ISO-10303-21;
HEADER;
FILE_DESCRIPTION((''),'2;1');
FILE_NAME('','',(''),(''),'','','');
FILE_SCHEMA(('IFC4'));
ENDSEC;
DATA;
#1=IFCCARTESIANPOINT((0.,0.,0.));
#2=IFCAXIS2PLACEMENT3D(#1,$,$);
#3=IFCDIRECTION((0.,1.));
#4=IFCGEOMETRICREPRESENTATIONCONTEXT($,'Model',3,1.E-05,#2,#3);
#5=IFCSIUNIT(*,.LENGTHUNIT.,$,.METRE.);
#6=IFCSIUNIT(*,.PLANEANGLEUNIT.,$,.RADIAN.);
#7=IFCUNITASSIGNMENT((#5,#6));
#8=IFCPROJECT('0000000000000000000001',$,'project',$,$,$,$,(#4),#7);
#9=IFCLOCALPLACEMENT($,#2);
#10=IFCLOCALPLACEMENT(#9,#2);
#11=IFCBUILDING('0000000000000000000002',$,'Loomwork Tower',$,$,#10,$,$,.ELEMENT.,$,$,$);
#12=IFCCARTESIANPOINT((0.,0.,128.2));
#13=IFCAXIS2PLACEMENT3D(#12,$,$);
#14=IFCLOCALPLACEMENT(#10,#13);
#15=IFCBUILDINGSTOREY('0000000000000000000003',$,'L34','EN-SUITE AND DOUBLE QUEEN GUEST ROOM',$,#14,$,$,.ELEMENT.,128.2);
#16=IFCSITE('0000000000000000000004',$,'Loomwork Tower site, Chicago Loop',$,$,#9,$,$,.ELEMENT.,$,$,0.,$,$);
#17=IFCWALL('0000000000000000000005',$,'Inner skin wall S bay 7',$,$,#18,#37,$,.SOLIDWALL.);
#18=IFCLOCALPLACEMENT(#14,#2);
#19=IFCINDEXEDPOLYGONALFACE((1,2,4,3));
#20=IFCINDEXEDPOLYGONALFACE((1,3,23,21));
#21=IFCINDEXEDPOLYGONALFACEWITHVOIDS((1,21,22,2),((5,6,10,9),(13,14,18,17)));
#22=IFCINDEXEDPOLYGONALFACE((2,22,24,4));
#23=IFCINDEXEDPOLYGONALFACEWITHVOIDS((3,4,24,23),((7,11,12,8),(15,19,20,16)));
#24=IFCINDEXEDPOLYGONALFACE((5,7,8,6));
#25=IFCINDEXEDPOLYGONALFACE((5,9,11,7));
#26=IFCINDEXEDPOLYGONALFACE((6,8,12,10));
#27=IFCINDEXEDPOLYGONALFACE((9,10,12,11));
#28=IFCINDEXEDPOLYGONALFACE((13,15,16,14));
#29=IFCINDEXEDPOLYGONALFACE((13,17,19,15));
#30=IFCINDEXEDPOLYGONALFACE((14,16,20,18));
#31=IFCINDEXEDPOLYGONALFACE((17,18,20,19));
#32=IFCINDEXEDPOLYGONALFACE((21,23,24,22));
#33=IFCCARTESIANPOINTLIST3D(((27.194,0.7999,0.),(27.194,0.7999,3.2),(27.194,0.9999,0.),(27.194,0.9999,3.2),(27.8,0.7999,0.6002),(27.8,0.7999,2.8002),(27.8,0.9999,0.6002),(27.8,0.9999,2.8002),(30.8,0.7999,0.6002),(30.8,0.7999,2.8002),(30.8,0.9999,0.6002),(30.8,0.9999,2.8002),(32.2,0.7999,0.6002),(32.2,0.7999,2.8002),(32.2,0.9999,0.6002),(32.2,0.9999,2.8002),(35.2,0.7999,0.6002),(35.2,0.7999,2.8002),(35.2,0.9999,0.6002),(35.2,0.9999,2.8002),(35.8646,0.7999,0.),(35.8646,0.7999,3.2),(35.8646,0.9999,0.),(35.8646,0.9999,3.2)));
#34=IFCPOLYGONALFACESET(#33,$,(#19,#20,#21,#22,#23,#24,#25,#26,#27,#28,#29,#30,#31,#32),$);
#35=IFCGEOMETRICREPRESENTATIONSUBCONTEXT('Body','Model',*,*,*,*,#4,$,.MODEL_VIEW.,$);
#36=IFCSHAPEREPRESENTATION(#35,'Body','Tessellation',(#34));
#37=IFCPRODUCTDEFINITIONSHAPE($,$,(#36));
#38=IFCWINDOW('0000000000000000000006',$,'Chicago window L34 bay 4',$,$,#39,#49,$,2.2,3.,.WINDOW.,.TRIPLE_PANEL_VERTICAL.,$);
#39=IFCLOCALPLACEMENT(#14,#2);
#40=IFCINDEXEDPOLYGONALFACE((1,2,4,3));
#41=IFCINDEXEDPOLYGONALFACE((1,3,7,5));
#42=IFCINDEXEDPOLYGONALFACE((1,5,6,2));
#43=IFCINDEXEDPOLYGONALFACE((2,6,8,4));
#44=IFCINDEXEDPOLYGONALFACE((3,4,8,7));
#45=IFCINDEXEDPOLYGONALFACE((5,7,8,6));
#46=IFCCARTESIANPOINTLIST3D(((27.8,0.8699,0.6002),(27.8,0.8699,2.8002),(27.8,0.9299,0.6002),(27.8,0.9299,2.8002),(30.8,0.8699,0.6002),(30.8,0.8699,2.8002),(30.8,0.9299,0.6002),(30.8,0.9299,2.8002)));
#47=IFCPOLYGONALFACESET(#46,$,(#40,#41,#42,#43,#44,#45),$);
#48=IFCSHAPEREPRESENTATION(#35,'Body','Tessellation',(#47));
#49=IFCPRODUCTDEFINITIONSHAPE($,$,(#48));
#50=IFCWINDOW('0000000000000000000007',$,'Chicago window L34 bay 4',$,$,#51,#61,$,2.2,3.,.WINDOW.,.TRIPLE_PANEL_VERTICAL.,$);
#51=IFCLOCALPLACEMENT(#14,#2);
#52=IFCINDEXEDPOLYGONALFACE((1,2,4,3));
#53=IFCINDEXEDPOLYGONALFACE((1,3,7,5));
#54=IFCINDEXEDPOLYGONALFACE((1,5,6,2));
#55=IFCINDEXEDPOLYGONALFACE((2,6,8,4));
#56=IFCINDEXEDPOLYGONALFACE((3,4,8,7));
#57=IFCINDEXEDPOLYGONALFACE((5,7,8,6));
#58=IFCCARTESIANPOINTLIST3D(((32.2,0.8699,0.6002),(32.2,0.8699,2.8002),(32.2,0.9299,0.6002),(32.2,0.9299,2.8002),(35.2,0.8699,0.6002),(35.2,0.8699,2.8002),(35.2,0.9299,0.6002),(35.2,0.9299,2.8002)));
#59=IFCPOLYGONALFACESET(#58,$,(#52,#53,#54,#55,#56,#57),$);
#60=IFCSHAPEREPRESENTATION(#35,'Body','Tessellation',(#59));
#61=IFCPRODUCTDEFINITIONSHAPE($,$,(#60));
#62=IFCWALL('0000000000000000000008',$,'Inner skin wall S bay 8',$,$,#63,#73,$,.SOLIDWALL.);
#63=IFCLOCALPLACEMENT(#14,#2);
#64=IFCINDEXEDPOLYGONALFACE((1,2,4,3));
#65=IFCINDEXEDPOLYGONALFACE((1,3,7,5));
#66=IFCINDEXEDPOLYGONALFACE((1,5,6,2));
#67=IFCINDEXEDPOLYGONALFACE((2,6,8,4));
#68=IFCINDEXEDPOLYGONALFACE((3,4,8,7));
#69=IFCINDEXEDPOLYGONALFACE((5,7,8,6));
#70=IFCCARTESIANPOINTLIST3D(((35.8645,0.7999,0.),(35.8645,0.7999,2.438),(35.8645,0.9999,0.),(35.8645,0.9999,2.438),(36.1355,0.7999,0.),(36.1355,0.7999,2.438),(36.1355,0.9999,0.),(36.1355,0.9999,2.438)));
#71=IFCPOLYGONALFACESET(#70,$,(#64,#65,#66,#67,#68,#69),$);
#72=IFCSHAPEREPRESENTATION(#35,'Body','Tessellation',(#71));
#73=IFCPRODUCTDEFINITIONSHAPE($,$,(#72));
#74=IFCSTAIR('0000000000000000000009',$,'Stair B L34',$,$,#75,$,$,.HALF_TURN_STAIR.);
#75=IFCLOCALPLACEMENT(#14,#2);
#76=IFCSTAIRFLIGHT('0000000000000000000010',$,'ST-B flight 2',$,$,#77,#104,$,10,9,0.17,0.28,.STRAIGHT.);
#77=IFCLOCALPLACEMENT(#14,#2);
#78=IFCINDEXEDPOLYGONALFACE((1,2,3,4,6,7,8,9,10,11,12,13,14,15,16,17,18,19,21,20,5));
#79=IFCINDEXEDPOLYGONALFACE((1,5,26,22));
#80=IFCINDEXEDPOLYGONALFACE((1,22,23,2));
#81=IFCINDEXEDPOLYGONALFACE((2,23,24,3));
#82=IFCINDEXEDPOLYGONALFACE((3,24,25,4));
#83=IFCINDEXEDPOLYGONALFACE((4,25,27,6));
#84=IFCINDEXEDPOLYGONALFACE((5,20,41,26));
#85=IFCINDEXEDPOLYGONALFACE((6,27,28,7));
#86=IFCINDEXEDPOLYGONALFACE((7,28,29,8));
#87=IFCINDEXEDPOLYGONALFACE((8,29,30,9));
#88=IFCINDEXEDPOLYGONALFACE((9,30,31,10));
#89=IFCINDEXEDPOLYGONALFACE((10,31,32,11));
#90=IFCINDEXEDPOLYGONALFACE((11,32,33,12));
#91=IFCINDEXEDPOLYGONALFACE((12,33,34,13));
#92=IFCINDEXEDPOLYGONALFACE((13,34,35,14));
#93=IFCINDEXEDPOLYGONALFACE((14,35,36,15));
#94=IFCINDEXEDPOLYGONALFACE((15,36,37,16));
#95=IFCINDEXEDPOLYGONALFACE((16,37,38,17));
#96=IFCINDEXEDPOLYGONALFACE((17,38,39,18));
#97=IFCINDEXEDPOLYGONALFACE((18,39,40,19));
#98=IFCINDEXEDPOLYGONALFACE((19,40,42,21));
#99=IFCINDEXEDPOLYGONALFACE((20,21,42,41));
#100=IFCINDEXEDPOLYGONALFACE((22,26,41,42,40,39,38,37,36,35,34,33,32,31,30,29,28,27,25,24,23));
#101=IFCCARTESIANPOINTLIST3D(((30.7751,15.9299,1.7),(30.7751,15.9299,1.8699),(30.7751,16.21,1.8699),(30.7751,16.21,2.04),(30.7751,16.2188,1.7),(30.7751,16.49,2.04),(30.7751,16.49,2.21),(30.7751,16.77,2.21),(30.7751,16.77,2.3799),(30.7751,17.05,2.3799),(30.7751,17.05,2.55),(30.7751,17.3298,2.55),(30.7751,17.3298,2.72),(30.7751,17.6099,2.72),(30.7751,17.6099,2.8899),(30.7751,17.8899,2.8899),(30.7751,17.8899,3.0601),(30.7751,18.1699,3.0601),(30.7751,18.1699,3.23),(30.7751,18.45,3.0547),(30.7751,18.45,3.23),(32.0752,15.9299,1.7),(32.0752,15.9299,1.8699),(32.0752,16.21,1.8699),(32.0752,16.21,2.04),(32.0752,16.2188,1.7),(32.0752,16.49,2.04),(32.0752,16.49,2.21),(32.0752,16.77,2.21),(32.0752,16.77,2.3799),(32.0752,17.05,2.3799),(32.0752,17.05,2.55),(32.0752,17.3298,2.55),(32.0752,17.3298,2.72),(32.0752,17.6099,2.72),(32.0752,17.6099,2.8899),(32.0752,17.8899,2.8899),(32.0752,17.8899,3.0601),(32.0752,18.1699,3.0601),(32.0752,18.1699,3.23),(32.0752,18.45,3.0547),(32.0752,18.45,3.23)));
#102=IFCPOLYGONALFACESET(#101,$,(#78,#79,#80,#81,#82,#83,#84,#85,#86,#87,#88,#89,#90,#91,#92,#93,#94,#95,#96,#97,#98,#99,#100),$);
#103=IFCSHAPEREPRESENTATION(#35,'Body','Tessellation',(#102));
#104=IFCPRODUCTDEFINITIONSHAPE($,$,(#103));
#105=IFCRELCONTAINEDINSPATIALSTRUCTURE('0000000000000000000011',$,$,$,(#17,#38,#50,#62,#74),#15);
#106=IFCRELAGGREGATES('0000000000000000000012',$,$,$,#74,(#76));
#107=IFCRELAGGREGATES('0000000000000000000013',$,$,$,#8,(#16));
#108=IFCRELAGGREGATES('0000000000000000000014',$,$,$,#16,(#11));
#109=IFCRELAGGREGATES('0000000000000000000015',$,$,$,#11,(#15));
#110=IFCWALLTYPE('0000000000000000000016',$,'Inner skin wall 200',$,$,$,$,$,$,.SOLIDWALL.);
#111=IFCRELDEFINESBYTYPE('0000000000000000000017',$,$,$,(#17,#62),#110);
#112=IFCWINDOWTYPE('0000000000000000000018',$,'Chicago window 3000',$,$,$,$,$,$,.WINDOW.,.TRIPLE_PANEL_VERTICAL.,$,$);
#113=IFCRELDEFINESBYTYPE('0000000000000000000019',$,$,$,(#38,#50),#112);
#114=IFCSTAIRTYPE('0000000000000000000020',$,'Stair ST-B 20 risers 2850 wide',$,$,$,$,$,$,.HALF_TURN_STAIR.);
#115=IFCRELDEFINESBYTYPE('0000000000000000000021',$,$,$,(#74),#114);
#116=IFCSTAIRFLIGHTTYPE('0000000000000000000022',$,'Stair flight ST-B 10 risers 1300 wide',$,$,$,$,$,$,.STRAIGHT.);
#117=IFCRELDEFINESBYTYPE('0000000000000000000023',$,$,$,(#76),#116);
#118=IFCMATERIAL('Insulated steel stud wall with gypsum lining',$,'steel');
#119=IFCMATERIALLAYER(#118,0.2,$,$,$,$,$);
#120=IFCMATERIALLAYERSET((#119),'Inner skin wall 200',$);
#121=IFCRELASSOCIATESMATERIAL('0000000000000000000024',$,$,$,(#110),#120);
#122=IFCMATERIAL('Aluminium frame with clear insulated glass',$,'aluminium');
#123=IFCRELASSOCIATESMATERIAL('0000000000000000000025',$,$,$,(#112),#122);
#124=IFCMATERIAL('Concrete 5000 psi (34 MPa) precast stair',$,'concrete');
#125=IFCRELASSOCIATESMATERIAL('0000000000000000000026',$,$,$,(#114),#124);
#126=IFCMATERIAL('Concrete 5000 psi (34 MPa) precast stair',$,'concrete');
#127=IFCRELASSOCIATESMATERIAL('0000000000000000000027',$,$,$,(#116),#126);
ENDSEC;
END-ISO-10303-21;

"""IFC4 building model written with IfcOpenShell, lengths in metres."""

from ifc_helpers import new_model, si_unit, direction, frame, frame_2d, origin, place, context, subcontext, project, spatial, polyline, rectangle, outline, extrude, material, layer, layer_set, type_object, element, fill, aggregate, save


model = new_model("IFC4")

# Units and contexts
model_context = context("Model", 3, precision=1e-05, world=origin(), true_north=direction((0.0, 1.0)))
body_context = subcontext(model_context, "Body", "Model", "MODEL_VIEW")
ifc_project = project(units=[si_unit("LENGTHUNIT", "METRE"), si_unit("PLANEANGLEUNIT", "RADIAN")], contexts=[model_context])

# Site, building, storey
site_placement = place(None, origin())
site = spatial("IfcSite", under=ifc_project, at=site_placement, Name="Loomwork Tower site, Chicago Loop", CompositionType="ELEMENT", RefElevation=0.0)
building_placement = place(site_placement, origin())
building = spatial("IfcBuilding", under=site, at=building_placement, Name="Loomwork Tower", CompositionType="ELEMENT")
storey_placement = place(building_placement, frame((0.0, 0.0, 128.2)))
storey = spatial("IfcBuildingStorey", under=building, at=storey_placement, Name="L34", Description="EN-SUITE AND DOUBLE QUEEN GUEST ROOM", CompositionType="ELEMENT", Elevation=128.2)

# Wall, openings, windows
ifc_material_1 = material(Name="Insulated steel stud wall with gypsum lining", Category="steel")
ifc_layer_1 = layer(ifc_material_1, 0.2)
ifc_layer_set_1 = layer_set([ifc_layer_1], Name="Inner skin wall 200")
wall_type_1 = type_object("IfcWallType", Name="Inner skin wall 200", PredefinedType="SOLIDWALL", material=ifc_layer_set_1)
wall_1_placement = place(storey_placement, frame((27.1938, 0.8999, 0.0), z_axis=(0.0, 0.0, 1.0), x_axis=(1.0, 0.0, 0.0)))
wall_1 = element("IfcWall", 1, at=wall_1_placement, inside=storey, type_object=wall_type_1, Name="Inner skin wall S bay 7", PredefinedType="SOLIDWALL", context=body_context, shape_type="SweptSolid", body=[
    extrude(rectangle(XDim=8.6707, YDim=0.2, at=frame_2d((4.3354, 0.0))), origin(), (0.0, 0.0, 1.0), 3.2),
])
opening_1_placement = place(wall_1_placement, frame((0.6062, 0.0, 0.6001)))
opening_1 = element("IfcOpeningElement", 2, at=opening_1_placement, cuts=wall_1, PredefinedType="OPENING", context=body_context, shape_type="SweptSolid", body=[
    extrude(rectangle(XDim=3.0, YDim=2.2, at=frame_2d((1.5, 1.1001))), frame((0.0, 0.1099, 0.0), z_axis=(0.0, -1.0, 0.0), x_axis=(1.0, 0.0, 0.0)), (0.0, 0.0, 1.0), 0.22),
])
opening_2_placement = place(wall_1_placement, frame((5.0061, 0.0, 0.6001)))
opening_2 = element("IfcOpeningElement", 3, at=opening_2_placement, cuts=wall_1, PredefinedType="OPENING", context=body_context, shape_type="SweptSolid", body=[
    extrude(rectangle(XDim=3.0, YDim=2.2, at=frame_2d((1.5, 1.1001))), frame((0.0, 0.1099, 0.0), z_axis=(0.0, -1.0, 0.0), x_axis=(1.0, 0.0, 0.0)), (0.0, 0.0, 1.0), 0.22),
])
ifc_material_2 = material(Name="Aluminium frame with clear insulated glass", Category="aluminium")
window_type = type_object("IfcWindowType", Name="Chicago window 3000", PartitioningType="TRIPLE_PANEL_VERTICAL", PredefinedType="WINDOW", material=ifc_material_2)
window_1_placement = place(opening_1_placement, origin())
window_1 = element("IfcWindow", 4, at=window_1_placement, inside=storey, type_object=window_type, Name="Chicago window L34 bay 4", OverallHeight=2.2, OverallWidth=3.0, PartitioningType="TRIPLE_PANEL_VERTICAL", PredefinedType="WINDOW", context=body_context, shape_type="SweptSolid", body=[
    extrude(rectangle(XDim=3.0, YDim=2.2, at=frame_2d((1.5, 1.1001))), frame((0.0, 0.03, 0.0), z_axis=(0.0, -1.0, 0.0), x_axis=(1.0, 0.0, 0.0)), (0.0, 0.0, 1.0), 0.0601),
])
fill(opening_1, window_1)
window_2_placement = place(opening_2_placement, origin())
window_2 = element("IfcWindow", 5, at=window_2_placement, inside=storey, type_object=window_type, Name="Chicago window L34 bay 4", OverallHeight=2.2, OverallWidth=3.0, PartitioningType="TRIPLE_PANEL_VERTICAL", PredefinedType="WINDOW", context=body_context, shape_type="SweptSolid", body=[
    extrude(rectangle(XDim=3.0, YDim=2.2, at=frame_2d((1.5, 1.1001))), frame((0.0, 0.03, 0.0), z_axis=(0.0, -1.0, 0.0), x_axis=(1.0, 0.0, 0.0)), (0.0, 0.0, 1.0), 0.0601),
])
fill(opening_2, window_2)

# Wall
wall_2_placement = place(storey_placement, frame((35.8645, 0.8999, 0.0), z_axis=(0.0, 0.0, 1.0), x_axis=(1.0, 0.0, 0.0)))
element("IfcWall", 6, at=wall_2_placement, inside=storey, type_object=wall_type_1, Name="Inner skin wall S bay 8", PredefinedType="SOLIDWALL", context=body_context, shape_type="SweptSolid", body=[
    extrude(rectangle(XDim=0.271, YDim=0.2, at=frame_2d((0.1355, 0.0))), origin(), (0.0, 0.0, 1.0), 2.438),
])

# Stair, stair flight
ifc_material_3 = material(Name="Concrete 5000 psi (34 MPa) precast stair", Category="concrete")
stair_type = type_object("IfcStairType", Name="Stair ST-B 20 risers 2850 wide", PredefinedType="HALF_TURN_STAIR", material=ifc_material_3)
stair_placement = place(storey_placement, origin())
stair = element("IfcStair", 7, at=stair_placement, inside=storey, type_object=stair_type, Name="Stair B L34", PredefinedType="HALF_TURN_STAIR")
ifc_material_4 = material(Name="Concrete 5000 psi (34 MPa) precast stair", Category="concrete")
stair_flight_type = type_object("IfcStairFlightType", Name="Stair flight ST-B 10 risers 1300 wide", PredefinedType="STRAIGHT", material=ifc_material_4)
stair_flight_placement = place(storey_placement, frame((31.425, 15.9299, 1.7), z_axis=(0.0, 0.0, 1.0), x_axis=(0.0, 1.0, 0.0)))
stair_flight = element("IfcStairFlight", 8, at=stair_flight_placement, type_object=stair_flight_type, Name="ST-B flight 2", NumberOfRisers=10, NumberOfTreads=9, PredefinedType="STRAIGHT", RiserHeight=0.17, TreadLength=0.28, context=body_context, shape_type="SweptSolid", body=[
    extrude(outline(polyline([(0.0, 0.0), (0.0, 0.1699), (0.28, 0.1699), (0.28, 0.3401), (0.5601, 0.3401), (0.5601, 0.51), (0.8401, 0.51), (0.8401, 0.6799), (1.1201, 0.6799), (1.1201, 0.8501), (1.3999, 0.8501), (1.3999, 1.02), (1.6799, 1.02), (1.6799, 1.1899), (1.96, 1.1899), (1.96, 1.3601), (2.24, 1.3601), (2.24, 1.53), (2.52, 1.53), (2.52, 1.7), (2.52, 1.3547), (0.2888, 0.0), (0.0, 0.0)])), frame((0.0, 0.6499, 0.0), z_axis=(0.0, -1.0, 0.0), x_axis=(1.0, 0.0, 0.0)), (0.0, 0.0, 1.0), 1.3),
])
aggregate(stair, [stair_flight])

save(model, "model.ifc")
